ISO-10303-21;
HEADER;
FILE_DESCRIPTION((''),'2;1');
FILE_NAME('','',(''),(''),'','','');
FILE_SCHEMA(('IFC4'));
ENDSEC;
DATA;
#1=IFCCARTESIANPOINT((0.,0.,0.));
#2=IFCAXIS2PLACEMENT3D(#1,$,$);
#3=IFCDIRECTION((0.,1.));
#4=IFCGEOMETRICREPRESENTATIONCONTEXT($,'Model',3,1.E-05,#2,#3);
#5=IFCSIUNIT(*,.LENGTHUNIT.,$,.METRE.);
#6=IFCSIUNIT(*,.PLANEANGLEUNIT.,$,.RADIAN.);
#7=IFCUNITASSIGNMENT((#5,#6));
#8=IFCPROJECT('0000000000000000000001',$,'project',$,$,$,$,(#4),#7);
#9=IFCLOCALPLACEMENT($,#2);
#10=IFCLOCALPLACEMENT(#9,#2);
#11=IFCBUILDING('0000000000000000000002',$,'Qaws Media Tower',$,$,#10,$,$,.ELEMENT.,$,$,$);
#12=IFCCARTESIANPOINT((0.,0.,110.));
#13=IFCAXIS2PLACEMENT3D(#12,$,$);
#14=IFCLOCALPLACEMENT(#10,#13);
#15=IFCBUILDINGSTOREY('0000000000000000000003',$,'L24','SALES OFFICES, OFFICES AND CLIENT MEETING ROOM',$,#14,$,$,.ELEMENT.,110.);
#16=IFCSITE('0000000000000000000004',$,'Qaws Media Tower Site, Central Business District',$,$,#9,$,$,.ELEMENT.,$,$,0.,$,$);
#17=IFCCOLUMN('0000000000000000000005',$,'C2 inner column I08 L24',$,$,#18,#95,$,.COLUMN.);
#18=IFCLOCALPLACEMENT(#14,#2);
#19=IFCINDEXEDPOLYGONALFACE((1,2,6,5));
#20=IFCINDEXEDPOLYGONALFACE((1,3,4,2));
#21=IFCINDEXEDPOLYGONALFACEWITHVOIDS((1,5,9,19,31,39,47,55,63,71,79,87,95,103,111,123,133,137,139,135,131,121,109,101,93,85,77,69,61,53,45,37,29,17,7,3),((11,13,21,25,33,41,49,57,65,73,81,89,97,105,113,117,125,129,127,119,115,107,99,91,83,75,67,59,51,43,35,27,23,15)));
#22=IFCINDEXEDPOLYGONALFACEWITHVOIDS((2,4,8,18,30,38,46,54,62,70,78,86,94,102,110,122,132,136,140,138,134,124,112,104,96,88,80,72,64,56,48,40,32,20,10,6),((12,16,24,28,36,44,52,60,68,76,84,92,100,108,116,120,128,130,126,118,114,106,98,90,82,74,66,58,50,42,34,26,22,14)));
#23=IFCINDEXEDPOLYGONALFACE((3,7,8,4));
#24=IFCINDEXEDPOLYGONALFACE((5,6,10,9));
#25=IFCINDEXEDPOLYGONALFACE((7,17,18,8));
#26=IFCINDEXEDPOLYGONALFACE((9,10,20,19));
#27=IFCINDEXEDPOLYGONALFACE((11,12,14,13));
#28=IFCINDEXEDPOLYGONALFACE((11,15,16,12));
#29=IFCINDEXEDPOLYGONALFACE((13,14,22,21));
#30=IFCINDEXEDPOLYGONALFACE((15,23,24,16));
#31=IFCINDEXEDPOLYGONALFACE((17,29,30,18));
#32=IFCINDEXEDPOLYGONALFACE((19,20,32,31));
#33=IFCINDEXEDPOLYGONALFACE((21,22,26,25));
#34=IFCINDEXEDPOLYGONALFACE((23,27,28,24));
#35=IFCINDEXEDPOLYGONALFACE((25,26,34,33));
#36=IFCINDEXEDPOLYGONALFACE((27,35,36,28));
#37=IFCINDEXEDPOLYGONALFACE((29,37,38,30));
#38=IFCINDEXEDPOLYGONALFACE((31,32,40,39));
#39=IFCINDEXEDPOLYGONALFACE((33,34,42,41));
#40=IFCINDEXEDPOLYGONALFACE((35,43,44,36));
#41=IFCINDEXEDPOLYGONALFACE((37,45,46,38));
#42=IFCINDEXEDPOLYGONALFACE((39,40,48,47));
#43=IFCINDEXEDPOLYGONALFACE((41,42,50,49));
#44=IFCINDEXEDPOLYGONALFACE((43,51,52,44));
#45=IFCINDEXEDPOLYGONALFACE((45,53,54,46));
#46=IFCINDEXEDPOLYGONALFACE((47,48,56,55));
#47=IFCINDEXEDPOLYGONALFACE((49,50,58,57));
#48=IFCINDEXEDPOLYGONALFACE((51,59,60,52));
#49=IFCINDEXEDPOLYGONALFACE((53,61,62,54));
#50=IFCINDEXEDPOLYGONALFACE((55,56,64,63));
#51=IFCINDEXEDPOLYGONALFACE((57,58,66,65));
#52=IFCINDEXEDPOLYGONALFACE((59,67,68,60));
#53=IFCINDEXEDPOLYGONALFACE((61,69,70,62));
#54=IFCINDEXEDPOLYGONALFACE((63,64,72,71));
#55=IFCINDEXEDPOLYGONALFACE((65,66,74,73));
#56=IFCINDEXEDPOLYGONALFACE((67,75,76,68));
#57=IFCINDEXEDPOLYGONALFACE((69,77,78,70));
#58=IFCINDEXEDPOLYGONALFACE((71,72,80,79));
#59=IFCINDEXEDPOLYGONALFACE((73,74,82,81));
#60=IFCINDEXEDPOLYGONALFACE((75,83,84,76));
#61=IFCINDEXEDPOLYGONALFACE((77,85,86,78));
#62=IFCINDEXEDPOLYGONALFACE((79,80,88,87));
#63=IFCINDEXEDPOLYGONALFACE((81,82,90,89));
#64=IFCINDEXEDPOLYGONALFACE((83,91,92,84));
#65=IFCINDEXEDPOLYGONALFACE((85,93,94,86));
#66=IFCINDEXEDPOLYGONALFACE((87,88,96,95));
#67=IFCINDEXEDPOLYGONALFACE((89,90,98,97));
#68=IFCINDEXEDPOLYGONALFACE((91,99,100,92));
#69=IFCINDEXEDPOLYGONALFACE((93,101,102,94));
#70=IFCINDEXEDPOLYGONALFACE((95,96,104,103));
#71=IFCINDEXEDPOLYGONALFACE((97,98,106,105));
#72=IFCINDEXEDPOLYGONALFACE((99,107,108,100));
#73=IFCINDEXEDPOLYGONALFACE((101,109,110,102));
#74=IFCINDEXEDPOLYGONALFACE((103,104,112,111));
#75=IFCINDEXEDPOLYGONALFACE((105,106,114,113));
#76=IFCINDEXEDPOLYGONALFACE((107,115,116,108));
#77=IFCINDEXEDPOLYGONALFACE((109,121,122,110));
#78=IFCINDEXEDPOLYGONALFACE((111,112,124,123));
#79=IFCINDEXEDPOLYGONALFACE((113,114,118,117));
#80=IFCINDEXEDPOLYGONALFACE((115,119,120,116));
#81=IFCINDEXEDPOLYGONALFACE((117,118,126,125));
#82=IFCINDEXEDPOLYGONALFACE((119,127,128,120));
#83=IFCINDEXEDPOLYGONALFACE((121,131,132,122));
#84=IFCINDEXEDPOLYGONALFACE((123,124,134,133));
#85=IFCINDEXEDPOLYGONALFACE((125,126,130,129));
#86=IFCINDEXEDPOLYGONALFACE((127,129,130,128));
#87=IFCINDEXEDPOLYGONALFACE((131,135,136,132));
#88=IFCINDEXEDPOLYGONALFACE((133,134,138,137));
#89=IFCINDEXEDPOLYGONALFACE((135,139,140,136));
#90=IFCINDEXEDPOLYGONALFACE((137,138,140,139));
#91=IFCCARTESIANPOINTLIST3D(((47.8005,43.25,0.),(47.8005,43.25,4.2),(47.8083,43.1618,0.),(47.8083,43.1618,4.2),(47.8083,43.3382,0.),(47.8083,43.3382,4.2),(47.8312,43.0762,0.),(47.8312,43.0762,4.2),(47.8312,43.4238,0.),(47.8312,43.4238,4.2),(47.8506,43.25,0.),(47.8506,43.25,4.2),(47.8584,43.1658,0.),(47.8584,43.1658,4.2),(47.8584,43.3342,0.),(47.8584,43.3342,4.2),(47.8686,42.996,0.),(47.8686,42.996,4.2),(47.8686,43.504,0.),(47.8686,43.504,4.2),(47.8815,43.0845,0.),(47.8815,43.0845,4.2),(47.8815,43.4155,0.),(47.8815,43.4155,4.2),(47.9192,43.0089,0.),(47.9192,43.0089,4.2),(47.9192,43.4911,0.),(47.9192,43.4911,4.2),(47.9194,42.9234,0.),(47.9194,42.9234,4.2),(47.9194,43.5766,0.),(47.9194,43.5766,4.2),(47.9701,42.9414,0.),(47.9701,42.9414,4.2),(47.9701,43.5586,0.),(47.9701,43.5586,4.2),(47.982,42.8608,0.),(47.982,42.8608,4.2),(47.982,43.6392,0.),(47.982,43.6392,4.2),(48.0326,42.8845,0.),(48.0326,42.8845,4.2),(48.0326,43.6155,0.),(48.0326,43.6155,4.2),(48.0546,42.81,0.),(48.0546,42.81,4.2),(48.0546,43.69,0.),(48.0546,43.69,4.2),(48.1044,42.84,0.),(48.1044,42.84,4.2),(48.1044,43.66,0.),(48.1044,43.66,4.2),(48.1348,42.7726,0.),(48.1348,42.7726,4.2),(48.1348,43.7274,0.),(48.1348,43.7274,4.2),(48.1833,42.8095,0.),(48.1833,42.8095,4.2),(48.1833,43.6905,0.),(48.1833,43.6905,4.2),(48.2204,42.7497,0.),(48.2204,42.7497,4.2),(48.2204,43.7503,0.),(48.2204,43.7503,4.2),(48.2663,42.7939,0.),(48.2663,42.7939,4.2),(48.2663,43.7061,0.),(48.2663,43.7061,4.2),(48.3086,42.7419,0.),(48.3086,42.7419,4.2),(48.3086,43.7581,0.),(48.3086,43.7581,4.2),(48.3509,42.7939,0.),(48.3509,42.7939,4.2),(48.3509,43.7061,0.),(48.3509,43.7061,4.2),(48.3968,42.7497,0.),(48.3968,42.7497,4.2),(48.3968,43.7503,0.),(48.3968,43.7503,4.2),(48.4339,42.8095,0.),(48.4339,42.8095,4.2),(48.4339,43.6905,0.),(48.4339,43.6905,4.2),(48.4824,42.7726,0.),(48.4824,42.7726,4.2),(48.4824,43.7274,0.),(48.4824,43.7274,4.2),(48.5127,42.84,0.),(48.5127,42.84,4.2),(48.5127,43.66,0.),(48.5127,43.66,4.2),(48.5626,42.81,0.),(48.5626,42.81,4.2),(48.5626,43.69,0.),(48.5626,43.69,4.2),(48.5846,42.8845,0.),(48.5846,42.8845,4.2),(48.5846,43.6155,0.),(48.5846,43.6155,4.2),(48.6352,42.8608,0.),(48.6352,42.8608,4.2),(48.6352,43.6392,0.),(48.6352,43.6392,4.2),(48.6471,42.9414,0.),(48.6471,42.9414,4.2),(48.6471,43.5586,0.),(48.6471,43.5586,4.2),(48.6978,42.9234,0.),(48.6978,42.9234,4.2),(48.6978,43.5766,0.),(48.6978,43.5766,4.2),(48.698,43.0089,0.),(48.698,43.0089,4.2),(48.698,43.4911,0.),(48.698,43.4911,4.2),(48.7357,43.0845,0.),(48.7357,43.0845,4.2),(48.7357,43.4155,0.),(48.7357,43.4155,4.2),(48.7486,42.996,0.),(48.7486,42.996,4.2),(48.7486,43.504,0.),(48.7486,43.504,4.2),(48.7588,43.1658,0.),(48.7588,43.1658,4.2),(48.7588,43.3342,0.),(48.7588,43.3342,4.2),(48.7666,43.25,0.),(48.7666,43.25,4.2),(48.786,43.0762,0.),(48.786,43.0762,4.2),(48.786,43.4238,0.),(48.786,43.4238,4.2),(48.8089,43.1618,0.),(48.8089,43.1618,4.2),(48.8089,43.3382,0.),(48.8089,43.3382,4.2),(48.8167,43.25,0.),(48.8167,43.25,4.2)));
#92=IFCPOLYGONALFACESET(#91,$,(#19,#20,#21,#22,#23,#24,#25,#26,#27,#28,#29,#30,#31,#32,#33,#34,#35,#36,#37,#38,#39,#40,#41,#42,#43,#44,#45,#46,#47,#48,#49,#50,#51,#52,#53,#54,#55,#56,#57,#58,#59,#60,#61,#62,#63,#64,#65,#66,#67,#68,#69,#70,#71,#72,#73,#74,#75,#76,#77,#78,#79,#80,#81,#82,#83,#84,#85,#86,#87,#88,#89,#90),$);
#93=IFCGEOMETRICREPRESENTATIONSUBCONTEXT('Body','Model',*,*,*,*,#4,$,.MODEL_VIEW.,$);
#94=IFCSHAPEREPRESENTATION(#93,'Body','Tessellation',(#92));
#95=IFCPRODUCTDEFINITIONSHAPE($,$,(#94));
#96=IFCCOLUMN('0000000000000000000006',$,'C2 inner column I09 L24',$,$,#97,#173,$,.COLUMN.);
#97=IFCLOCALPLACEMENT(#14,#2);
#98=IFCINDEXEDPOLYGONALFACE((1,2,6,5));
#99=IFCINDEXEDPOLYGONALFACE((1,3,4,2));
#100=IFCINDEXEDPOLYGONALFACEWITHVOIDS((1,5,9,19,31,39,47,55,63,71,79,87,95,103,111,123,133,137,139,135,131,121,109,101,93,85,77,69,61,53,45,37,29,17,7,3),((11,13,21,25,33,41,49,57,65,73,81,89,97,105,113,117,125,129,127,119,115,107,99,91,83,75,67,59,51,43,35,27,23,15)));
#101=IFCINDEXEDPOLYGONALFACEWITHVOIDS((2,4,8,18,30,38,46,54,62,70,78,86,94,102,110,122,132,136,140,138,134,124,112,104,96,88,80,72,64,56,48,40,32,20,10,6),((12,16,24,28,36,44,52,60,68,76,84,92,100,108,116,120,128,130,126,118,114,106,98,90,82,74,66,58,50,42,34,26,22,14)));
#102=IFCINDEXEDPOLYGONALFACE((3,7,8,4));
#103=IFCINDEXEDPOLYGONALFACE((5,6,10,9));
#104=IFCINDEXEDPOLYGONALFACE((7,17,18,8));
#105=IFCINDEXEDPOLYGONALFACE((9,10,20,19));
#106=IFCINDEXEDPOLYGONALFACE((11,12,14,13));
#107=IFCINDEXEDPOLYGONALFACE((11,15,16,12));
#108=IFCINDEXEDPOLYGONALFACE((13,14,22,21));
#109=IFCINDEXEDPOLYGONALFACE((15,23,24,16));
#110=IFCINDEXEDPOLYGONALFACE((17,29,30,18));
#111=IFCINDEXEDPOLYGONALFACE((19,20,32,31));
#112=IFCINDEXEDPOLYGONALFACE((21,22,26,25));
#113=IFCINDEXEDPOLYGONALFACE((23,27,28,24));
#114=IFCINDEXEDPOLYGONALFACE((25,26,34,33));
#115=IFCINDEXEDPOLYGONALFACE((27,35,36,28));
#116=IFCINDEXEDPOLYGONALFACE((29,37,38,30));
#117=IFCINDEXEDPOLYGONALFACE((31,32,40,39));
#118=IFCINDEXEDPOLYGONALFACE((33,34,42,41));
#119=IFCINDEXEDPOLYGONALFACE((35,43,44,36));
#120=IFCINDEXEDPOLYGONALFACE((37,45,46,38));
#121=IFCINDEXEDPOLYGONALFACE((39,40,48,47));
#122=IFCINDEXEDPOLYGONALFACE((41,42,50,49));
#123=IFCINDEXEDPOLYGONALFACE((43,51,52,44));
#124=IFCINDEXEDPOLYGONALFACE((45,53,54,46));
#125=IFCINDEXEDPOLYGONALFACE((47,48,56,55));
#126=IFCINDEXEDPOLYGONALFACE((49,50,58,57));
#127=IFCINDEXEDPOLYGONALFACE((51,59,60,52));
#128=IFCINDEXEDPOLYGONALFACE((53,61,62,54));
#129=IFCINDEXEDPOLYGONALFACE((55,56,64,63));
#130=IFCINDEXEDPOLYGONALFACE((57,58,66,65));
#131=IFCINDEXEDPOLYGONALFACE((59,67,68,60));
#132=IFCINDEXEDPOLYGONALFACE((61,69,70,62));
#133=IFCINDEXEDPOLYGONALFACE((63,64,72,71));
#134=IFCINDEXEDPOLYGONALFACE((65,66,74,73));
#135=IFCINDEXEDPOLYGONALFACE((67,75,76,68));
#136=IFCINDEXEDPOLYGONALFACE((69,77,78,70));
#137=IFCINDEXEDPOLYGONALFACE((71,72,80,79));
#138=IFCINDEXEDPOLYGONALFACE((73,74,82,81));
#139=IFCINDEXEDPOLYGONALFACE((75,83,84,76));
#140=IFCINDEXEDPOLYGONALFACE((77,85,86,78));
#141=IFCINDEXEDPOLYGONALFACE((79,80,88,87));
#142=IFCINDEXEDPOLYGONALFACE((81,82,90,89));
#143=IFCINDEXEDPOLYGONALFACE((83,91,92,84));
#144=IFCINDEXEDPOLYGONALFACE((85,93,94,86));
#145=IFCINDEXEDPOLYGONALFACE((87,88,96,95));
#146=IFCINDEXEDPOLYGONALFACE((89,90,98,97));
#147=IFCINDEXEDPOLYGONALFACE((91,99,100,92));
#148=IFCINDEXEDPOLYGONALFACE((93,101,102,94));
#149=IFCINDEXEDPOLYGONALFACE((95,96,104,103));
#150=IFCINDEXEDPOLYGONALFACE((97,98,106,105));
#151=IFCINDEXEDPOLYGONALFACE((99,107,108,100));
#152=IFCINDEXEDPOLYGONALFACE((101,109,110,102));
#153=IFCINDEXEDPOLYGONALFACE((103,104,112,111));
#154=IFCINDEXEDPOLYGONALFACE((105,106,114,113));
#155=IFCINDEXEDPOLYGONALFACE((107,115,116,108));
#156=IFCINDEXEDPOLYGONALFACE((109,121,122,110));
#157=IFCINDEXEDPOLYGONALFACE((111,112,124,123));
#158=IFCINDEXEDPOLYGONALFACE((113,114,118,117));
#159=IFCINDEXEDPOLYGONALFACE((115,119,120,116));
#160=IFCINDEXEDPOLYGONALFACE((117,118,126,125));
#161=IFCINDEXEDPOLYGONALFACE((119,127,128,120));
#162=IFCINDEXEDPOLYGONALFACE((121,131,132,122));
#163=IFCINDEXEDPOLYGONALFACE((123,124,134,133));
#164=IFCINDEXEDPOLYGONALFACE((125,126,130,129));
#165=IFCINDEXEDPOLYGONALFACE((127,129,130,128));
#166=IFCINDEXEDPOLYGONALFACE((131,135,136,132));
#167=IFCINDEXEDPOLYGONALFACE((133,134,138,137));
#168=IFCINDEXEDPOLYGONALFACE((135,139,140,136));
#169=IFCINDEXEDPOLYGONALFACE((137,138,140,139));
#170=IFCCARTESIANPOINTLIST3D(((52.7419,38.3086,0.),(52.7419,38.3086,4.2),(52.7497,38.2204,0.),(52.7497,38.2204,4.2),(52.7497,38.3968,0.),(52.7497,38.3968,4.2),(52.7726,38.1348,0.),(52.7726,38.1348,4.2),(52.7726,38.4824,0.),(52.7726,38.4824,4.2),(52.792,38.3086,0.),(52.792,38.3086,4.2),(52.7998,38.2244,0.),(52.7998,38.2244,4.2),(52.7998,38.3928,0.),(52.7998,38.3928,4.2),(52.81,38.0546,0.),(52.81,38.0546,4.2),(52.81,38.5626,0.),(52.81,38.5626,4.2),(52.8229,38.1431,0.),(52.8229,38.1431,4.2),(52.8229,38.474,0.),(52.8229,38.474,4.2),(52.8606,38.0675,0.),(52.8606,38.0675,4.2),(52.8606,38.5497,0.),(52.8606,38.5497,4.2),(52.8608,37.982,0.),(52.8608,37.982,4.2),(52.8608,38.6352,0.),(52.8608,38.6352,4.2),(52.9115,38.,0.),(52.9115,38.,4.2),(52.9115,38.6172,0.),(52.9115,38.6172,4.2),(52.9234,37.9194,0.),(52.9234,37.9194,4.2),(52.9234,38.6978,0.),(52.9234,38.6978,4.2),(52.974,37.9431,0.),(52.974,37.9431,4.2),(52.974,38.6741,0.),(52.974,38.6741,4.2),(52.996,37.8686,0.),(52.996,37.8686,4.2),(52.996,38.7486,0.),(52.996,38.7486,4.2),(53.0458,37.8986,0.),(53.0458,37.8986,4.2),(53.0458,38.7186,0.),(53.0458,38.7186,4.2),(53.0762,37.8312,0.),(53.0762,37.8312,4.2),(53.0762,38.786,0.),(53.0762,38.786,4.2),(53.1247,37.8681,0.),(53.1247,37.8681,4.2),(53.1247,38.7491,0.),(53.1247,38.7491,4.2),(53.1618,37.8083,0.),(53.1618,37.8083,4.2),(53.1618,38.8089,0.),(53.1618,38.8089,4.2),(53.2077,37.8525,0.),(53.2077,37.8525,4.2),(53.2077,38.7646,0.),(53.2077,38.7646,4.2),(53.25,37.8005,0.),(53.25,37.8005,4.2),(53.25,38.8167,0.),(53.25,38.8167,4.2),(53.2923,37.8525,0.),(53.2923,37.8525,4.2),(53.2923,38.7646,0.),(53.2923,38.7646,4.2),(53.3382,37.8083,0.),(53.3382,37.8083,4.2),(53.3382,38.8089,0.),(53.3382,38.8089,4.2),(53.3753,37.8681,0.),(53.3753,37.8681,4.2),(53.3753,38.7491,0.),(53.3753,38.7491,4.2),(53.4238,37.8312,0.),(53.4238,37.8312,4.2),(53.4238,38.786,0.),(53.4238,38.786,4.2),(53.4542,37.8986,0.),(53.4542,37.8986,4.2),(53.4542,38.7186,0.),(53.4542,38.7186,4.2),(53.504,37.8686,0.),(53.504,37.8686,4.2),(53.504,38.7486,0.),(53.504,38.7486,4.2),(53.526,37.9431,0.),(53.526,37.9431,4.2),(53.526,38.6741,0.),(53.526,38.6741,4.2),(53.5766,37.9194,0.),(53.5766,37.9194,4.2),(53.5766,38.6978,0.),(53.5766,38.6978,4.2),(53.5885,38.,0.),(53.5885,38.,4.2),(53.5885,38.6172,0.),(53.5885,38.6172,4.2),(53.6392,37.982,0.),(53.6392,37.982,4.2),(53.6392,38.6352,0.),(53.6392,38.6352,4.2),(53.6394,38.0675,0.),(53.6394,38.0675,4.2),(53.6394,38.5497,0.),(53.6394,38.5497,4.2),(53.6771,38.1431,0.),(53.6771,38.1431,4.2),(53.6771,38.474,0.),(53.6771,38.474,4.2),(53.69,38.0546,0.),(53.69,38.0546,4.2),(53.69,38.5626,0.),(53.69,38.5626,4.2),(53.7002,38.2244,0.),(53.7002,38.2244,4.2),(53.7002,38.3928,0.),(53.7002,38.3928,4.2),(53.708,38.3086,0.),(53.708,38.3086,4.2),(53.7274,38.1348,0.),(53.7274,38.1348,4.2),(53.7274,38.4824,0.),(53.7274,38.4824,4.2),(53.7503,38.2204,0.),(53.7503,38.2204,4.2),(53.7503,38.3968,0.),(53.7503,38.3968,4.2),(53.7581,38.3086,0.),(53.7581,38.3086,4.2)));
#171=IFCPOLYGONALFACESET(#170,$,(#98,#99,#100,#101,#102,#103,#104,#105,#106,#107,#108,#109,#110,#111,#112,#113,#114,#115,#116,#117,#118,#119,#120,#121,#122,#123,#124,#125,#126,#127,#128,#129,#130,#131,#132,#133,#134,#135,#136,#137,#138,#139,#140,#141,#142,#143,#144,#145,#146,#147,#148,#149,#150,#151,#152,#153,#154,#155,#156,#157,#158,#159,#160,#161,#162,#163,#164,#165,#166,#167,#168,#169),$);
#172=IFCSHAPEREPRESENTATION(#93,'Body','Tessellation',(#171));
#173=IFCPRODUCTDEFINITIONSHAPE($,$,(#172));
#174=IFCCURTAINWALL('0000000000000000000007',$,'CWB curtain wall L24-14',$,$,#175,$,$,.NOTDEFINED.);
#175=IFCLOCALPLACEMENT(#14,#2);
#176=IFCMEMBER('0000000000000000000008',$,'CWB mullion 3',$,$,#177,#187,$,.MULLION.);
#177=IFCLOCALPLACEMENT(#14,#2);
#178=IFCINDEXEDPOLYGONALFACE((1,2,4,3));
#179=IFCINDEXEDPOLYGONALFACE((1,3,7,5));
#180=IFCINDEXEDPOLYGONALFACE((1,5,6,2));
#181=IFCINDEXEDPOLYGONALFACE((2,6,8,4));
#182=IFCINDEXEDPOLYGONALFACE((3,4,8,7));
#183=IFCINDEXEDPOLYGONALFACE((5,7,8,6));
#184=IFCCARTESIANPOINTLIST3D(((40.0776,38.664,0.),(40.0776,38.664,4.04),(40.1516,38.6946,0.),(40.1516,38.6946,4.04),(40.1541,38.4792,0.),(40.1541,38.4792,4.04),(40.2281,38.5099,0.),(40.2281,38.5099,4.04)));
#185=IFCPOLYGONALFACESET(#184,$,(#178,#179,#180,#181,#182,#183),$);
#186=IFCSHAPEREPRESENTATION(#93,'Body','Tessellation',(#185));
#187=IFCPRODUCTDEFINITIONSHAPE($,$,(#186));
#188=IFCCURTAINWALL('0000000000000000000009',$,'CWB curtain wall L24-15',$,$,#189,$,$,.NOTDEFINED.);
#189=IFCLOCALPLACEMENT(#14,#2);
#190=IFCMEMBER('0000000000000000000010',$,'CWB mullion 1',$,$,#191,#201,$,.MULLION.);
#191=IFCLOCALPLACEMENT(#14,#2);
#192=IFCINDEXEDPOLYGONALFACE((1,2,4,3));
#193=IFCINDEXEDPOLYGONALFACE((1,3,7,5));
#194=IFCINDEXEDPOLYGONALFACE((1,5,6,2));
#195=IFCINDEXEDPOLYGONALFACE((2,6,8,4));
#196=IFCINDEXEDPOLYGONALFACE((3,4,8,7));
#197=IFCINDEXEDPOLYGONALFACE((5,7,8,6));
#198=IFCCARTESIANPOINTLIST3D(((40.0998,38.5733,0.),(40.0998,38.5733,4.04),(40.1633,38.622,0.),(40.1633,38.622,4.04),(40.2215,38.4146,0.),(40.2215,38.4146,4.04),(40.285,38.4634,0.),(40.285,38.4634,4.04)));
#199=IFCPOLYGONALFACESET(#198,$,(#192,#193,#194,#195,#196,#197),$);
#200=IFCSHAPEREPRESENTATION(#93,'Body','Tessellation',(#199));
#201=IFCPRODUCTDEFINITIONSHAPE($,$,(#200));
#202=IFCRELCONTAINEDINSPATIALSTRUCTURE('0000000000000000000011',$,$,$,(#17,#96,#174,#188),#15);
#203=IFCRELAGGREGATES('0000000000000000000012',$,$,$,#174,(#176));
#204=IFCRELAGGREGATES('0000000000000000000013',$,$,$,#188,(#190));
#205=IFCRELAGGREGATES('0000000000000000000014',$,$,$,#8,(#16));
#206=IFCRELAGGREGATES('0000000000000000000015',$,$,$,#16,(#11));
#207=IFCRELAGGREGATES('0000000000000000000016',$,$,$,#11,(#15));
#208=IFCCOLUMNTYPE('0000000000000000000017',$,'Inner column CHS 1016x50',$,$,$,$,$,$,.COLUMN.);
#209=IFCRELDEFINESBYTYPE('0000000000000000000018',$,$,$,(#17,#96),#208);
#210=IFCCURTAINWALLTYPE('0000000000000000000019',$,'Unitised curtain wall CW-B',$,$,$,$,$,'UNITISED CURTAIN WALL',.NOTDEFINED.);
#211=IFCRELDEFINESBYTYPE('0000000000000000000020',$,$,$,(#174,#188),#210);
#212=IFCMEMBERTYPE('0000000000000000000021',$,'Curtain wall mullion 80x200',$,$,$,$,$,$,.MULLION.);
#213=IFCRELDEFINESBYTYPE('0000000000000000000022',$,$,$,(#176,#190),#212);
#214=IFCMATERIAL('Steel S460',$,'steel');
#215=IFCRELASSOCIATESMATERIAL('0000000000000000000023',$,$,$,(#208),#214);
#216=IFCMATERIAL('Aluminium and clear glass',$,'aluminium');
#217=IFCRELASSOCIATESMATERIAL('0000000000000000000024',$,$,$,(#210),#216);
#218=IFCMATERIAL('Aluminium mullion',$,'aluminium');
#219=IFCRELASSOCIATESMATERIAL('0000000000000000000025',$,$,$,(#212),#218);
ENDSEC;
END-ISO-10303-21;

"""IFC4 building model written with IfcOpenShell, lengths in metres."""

from ifc_helpers import new_model, si_unit, direction, frame, origin, origin_2d, place, context, subcontext, project, spatial, rectangle, hollow_circle, extrude, material, material_profile, profile_set, type_object, element, aggregate, save


model = new_model("IFC4")

# Units and contexts
model_context = context("Model", 3, precision=1e-05, world=origin(), true_north=direction((0.0, 1.0)))
body_context = subcontext(model_context, "Body", "Model", "MODEL_VIEW")
ifc_project = project(units=[si_unit("LENGTHUNIT", "METRE"), si_unit("PLANEANGLEUNIT", "RADIAN")], contexts=[model_context])

# Site, building, storey
site_placement = place(None, origin())
site = spatial("IfcSite", under=ifc_project, at=site_placement, Name="Qaws Media Tower Site, Central Business District", CompositionType="ELEMENT", RefElevation=0.0)
building_placement = place(site_placement, origin())
building = spatial("IfcBuilding", under=site, at=building_placement, Name="Qaws Media Tower", CompositionType="ELEMENT")
storey_placement = place(building_placement, frame((0.0, 0.0, 110.0)))
storey = spatial("IfcBuildingStorey", under=building, at=storey_placement, Name="L24", Description="SALES OFFICES, OFFICES AND CLIENT MEETING ROOM", CompositionType="ELEMENT", Elevation=110.0)

# Columns
ifc_material_1 = material(Name="Steel S460", Category="steel")
ifc_material_profile_1 = material_profile(ifc_material_1, hollow_circle(Radius=0.5081, WallThickness=0.05, at=origin_2d()), Name="CHS 1016x50")
ifc_profile_set_1 = profile_set([ifc_material_profile_1], Name="Steel S460")
column_type = type_object("IfcColumnType", Name="Inner column CHS 1016x50", PredefinedType="COLUMN", material=ifc_profile_set_1)
for number, where, z_axis, x_axis, name in (
    (1, (48.3086, 43.25, 0.0), (0.0, 0.0, 1.0), (1.0, 0.0, 0.0), "C2 inner column I08 L24"),
    (2, (53.25, 38.3086, 0.0), (0.0, 0.0, 1.0), (1.0, 0.0, 0.0), "C2 inner column I09 L24"),
):
    element("IfcColumn", number, at=place(storey_placement, frame(where, z_axis=z_axis, x_axis=x_axis)), inside=storey, type_object=column_type, Name=name, PredefinedType="COLUMN", context=body_context, shape_type="SweptSolid", body=[
        extrude(hollow_circle(Radius=0.5081, WallThickness=0.05, at=origin_2d()), origin(), (0.0, 0.0, 1.0), 4.2),
    ])

# Curtain wall, member
ifc_material_2 = material(Name="Aluminium and clear glass", Category="aluminium")
curtain_wall_type = type_object("IfcCurtainWallType", Name="Unitised curtain wall CW-B", ElementType="UNITISED CURTAIN WALL", PredefinedType="NOTDEFINED", material=ifc_material_2)
curtain_wall_1_placement = place(storey_placement, origin())
curtain_wall_1 = element("IfcCurtainWall", 3, at=curtain_wall_1_placement, inside=storey, type_object=curtain_wall_type, Name="CWB curtain wall L24-14", PredefinedType="NOTDEFINED")
ifc_material_3 = material(Name="Aluminium mullion", Category="aluminium")
ifc_material_profile_2 = material_profile(ifc_material_3, rectangle(XDim=0.0801, YDim=0.2, at=origin_2d()), Name="80x200")
ifc_profile_set_2 = profile_set([ifc_material_profile_2], Name="Aluminium mullion")
member_type_1 = type_object("IfcMemberType", Name="Curtain wall mullion 80x200", PredefinedType="MULLION", material=ifc_profile_set_2)
member_1_placement = place(storey_placement, frame((40.1528, 38.5869, 0.0), z_axis=(0.0, 0.0, 1.0), x_axis=(0.92388, 0.382683, 0.0)))
member_1 = element("IfcMember", 4, at=member_1_placement, type_object=member_type_1, Name="CWB mullion 3", PredefinedType="MULLION", context=body_context, shape_type="SweptSolid", body=[
    extrude(rectangle(XDim=0.0801, YDim=0.2, at=origin_2d()), origin(), (0.0, 0.0, 1.0), 4.04),
])

# Curtain wall, member
curtain_wall_2_placement = place(storey_placement, origin())
curtain_wall_2 = element("IfcCurtainWall", 5, at=curtain_wall_2_placement, inside=storey, type_object=curtain_wall_type, Name="CWB curtain wall L24-15", PredefinedType="NOTDEFINED")
member_2_placement = place(storey_placement, frame((40.1924, 38.5183, 0.0), z_axis=(0.0, 0.0, 1.0), x_axis=(0.793353, 0.608762, 0.0)))
member_2 = element("IfcMember", 6, at=member_2_placement, type_object=member_type_1, Name="CWB mullion 1", PredefinedType="MULLION", context=body_context, shape_type="SweptSolid", body=[
    extrude(rectangle(XDim=0.0801, YDim=0.2, at=origin_2d()), origin(), (0.0, 0.0, 1.0), 4.04),
])

aggregate(curtain_wall_1, [member_1])
aggregate(curtain_wall_2, [member_2])

save(model, "model.ifc")
